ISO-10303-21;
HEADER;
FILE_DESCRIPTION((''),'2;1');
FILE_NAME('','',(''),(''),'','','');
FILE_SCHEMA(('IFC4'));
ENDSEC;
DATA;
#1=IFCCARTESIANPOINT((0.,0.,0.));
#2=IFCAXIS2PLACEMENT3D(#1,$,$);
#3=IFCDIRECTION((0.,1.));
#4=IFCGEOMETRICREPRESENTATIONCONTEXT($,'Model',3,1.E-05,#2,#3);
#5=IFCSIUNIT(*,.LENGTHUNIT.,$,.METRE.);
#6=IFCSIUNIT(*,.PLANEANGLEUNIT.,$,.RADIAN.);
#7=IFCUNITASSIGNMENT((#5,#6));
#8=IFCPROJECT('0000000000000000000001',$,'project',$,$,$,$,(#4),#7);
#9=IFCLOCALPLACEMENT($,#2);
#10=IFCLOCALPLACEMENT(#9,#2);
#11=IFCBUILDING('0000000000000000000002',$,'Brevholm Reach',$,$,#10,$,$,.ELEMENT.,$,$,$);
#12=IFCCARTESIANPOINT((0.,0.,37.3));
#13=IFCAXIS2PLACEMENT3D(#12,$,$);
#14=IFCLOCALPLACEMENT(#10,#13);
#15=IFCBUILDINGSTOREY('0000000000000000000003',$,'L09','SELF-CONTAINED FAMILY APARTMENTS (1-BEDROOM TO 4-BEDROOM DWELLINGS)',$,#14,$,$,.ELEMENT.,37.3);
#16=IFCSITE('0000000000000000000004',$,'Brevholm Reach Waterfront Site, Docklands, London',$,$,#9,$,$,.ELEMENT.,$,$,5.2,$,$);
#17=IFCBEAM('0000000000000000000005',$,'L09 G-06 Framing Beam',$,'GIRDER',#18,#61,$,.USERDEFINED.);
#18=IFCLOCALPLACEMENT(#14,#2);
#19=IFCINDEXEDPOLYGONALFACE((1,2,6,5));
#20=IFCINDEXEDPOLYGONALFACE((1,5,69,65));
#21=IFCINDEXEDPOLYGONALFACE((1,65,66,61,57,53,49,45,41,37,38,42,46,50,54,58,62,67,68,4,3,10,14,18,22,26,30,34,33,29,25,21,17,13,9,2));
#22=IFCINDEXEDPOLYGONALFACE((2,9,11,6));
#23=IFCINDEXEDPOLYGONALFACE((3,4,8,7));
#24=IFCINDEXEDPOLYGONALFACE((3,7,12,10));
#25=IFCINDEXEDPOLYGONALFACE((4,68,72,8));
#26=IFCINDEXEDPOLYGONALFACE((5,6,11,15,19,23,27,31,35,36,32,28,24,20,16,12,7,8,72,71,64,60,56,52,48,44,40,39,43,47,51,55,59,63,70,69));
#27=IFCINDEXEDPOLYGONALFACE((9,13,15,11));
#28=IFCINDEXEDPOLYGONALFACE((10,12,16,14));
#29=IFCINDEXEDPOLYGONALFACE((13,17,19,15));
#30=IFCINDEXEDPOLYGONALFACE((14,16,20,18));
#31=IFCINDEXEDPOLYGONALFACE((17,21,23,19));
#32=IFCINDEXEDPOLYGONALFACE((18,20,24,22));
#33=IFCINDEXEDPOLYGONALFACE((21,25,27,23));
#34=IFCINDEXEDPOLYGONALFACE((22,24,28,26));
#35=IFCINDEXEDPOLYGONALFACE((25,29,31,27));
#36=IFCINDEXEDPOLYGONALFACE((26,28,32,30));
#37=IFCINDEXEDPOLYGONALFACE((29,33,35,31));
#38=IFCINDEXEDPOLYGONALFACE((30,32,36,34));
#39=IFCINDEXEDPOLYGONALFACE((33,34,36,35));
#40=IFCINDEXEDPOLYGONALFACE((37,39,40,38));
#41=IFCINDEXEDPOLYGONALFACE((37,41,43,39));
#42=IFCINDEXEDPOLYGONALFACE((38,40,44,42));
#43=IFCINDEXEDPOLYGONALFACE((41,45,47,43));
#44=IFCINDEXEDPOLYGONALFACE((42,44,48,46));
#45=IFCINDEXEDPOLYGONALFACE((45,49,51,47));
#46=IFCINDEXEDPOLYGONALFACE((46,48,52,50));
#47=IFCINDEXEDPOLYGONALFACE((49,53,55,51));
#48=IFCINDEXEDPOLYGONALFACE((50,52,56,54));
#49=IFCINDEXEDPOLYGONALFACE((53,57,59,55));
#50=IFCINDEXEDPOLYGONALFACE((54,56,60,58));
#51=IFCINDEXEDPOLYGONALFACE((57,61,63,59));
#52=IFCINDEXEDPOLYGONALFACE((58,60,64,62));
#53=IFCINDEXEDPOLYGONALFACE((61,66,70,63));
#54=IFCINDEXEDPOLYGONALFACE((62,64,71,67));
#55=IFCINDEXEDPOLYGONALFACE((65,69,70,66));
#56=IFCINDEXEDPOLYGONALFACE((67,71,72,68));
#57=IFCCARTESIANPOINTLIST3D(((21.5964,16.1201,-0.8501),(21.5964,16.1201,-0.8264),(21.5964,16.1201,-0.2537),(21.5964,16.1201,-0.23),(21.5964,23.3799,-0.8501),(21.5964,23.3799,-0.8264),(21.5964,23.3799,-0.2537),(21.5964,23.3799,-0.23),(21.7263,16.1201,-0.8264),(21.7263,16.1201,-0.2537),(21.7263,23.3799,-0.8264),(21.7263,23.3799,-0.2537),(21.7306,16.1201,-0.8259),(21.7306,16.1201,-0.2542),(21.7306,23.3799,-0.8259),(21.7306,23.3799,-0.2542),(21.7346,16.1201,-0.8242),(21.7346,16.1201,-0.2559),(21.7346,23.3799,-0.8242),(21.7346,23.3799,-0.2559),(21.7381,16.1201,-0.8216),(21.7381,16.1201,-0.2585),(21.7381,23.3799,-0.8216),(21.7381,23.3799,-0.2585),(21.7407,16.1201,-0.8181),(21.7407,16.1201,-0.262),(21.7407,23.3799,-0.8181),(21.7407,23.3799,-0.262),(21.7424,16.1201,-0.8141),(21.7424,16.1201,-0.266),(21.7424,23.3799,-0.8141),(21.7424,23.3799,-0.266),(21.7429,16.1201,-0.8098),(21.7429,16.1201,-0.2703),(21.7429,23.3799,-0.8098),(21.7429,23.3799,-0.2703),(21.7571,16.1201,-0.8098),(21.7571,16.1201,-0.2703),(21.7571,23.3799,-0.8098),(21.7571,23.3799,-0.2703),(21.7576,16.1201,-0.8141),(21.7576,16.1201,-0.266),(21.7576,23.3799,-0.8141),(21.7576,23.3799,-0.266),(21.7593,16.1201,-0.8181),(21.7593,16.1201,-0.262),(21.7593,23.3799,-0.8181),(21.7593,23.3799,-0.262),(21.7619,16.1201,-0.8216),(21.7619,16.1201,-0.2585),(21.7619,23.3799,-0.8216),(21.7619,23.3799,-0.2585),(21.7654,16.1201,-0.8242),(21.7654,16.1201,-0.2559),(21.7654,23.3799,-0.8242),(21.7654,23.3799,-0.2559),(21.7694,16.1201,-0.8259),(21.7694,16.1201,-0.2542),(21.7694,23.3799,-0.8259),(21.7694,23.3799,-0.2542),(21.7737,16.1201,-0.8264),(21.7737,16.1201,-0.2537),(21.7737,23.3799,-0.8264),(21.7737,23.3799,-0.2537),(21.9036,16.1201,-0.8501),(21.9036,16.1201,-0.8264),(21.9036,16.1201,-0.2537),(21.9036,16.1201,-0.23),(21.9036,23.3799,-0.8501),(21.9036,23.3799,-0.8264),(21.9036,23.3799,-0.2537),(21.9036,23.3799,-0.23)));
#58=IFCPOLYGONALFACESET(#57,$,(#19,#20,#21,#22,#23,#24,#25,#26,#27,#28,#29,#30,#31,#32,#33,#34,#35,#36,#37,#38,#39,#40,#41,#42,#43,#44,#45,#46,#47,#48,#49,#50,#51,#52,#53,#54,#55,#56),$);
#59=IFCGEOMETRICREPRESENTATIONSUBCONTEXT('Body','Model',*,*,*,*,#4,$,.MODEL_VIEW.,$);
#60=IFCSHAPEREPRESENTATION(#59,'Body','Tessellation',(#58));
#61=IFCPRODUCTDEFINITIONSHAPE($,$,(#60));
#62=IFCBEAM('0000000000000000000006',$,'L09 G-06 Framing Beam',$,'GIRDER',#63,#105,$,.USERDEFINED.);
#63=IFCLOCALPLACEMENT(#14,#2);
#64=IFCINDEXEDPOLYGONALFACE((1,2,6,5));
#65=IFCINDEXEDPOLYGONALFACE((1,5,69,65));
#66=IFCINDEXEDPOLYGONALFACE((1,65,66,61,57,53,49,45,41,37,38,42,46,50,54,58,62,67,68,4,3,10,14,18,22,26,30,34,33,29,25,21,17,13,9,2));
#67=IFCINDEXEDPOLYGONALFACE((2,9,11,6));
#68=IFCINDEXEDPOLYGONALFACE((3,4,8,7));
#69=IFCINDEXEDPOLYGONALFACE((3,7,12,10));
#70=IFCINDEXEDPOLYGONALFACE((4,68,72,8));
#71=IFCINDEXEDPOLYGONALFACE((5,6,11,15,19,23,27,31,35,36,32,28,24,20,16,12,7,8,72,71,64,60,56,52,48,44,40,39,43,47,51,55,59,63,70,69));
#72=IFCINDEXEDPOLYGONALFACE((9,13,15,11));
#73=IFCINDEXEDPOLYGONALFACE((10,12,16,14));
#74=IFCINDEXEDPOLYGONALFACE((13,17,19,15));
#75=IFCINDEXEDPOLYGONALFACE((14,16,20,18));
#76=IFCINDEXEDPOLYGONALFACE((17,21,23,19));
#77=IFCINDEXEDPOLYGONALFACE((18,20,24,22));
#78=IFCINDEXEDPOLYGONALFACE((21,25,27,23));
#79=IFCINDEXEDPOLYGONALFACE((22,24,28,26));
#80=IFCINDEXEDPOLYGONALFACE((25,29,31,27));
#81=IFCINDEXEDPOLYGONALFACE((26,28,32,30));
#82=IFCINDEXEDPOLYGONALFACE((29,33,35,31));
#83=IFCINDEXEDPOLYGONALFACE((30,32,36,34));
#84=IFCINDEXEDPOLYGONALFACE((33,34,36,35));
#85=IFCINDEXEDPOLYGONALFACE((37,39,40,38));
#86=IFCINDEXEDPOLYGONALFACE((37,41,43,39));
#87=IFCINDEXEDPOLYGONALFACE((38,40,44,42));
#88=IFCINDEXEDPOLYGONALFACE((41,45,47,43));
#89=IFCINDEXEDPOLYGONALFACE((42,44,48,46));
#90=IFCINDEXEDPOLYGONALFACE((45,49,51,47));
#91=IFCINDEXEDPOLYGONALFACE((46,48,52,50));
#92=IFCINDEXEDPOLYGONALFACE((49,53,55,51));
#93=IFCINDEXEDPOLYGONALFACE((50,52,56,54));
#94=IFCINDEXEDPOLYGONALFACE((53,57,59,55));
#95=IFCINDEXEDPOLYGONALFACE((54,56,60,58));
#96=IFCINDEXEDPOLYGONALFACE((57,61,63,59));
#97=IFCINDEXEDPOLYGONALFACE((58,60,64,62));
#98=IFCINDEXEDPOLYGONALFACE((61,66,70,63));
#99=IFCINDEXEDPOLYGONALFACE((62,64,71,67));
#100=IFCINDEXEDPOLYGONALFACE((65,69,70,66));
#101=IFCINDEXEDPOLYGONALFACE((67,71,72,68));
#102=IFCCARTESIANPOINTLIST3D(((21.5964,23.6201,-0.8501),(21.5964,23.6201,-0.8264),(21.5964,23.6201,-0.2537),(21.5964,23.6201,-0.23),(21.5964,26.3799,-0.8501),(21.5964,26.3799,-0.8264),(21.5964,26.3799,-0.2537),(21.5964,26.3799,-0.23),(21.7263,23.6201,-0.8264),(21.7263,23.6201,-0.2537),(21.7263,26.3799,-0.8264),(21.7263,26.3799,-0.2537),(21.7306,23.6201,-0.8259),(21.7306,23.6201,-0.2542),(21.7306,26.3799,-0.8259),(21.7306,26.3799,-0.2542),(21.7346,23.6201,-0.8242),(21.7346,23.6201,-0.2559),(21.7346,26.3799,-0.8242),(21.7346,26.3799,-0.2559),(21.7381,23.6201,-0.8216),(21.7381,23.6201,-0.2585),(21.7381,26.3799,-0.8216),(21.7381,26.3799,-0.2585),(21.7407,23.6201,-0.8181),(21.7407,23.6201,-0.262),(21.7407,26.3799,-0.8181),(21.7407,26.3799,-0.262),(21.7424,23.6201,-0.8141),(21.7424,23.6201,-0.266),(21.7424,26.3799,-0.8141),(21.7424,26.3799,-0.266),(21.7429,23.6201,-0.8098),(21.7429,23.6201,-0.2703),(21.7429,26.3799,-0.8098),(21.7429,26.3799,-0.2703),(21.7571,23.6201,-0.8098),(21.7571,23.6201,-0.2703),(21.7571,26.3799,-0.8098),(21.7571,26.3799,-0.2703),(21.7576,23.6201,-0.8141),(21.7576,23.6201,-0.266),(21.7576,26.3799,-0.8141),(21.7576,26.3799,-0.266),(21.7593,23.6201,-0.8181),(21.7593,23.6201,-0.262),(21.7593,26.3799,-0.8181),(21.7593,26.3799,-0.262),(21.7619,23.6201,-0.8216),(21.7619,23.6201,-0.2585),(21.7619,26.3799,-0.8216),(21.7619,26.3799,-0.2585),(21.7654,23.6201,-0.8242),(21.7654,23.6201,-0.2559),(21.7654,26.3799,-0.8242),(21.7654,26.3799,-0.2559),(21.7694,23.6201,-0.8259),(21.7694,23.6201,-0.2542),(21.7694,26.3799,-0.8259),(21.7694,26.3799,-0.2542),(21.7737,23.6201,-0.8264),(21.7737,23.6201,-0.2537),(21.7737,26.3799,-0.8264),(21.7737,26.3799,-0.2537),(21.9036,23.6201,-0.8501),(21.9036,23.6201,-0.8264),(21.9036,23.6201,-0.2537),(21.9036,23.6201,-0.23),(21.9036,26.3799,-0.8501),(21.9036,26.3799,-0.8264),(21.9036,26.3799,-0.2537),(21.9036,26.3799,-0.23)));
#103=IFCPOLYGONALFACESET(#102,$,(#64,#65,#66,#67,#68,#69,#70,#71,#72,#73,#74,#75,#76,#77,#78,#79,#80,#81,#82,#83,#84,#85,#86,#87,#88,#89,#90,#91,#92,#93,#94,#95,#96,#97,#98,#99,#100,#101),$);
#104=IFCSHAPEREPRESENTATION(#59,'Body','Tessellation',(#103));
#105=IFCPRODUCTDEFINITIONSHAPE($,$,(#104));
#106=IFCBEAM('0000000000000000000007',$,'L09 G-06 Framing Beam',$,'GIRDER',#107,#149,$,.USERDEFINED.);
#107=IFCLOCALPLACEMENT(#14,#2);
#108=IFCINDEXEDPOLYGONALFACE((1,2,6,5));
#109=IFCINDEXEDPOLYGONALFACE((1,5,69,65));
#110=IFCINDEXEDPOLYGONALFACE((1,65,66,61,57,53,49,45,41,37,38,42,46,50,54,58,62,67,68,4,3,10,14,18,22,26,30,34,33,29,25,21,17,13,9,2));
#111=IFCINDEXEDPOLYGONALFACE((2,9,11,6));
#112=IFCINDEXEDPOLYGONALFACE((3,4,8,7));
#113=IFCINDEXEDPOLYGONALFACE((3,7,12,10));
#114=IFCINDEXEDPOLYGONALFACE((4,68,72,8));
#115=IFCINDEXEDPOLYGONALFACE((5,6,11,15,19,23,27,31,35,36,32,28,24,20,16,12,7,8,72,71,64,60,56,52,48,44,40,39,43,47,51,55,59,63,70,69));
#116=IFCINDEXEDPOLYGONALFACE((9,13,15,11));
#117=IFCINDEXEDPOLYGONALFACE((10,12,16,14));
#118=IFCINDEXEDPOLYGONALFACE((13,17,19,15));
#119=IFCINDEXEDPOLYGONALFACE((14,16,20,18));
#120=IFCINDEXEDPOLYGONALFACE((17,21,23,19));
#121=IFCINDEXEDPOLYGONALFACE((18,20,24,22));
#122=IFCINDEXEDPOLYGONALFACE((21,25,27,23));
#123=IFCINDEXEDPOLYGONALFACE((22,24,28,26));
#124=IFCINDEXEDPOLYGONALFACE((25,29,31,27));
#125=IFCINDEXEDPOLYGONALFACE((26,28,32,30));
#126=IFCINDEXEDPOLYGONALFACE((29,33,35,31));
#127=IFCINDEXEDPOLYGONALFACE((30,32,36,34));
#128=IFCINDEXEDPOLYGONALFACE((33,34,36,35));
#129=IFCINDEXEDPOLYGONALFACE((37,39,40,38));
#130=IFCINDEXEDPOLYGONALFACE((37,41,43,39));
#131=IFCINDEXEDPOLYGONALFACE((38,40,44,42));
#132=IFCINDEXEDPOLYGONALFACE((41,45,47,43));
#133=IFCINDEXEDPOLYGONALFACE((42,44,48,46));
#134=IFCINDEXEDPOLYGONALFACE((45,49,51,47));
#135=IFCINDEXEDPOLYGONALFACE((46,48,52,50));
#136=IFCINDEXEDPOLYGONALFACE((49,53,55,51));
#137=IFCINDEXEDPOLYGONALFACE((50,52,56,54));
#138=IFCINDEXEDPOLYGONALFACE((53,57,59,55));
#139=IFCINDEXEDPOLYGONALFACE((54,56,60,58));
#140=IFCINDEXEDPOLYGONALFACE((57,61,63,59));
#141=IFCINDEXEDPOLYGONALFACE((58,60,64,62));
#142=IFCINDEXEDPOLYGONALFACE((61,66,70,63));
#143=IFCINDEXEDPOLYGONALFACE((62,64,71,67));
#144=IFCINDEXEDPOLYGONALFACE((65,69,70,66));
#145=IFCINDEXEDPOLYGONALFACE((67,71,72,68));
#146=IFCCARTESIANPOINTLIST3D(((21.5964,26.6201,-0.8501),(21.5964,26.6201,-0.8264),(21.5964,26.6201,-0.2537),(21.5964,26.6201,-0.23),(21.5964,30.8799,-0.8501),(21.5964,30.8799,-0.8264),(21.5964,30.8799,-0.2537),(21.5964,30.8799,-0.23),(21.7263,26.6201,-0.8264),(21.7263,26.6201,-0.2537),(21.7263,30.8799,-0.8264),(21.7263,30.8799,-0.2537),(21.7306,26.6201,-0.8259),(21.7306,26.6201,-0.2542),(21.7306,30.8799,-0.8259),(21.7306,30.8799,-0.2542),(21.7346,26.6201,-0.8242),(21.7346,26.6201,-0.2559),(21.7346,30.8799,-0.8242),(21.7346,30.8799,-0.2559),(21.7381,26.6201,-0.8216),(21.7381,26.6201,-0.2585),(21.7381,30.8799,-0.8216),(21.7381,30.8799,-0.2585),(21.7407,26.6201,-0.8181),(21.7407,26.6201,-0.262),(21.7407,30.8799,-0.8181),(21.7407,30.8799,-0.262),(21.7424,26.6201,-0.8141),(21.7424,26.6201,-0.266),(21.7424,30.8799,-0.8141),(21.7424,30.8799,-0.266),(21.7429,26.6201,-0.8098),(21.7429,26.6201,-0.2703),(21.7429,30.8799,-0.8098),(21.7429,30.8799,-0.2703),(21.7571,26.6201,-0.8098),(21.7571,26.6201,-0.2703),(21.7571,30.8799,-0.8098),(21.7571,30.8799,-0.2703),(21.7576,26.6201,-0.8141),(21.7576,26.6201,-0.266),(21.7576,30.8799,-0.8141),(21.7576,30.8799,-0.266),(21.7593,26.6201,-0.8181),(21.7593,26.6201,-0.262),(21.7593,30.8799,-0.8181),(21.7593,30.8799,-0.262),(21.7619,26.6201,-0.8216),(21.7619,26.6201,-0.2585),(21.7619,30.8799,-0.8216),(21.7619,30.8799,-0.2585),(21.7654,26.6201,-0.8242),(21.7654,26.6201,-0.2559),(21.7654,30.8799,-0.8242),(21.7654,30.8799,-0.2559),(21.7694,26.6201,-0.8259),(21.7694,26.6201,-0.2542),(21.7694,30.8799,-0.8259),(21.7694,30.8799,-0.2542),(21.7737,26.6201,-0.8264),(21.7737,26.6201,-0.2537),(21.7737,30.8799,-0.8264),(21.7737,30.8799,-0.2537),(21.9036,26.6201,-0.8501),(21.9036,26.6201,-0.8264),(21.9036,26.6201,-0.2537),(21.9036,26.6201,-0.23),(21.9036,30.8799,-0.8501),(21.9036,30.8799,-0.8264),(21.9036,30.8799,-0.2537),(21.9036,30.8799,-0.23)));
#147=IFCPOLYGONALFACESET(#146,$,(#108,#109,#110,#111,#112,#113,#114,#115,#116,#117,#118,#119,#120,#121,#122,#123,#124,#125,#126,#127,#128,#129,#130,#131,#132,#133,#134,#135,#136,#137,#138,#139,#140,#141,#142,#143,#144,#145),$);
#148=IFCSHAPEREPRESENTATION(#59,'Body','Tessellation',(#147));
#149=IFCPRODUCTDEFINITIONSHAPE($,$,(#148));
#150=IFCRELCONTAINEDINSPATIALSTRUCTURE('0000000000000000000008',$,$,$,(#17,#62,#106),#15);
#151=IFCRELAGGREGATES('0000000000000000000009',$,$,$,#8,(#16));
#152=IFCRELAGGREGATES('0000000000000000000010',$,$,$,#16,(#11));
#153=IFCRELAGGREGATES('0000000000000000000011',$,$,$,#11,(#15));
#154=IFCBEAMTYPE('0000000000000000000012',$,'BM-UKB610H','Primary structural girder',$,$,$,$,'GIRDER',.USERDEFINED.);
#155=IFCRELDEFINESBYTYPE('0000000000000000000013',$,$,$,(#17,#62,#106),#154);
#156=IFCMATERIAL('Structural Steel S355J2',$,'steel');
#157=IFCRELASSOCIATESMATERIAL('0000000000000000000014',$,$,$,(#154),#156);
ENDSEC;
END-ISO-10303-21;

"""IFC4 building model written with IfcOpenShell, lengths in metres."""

from ifc_helpers import new_model, si_unit, direction, frame, origin, origin_2d, place, context, subcontext, project, spatial, i_section, extrude, material, material_profile, profile_set, type_object, element, save


model = new_model("IFC4")

# Units and contexts
model_context = context("Model", 3, precision=1e-05, world=origin(), true_north=direction((0.0, 1.0)))
body_context = subcontext(model_context, "Body", "Model", "MODEL_VIEW")
ifc_project = project(units=[si_unit("LENGTHUNIT", "METRE"), si_unit("PLANEANGLEUNIT", "RADIAN")], contexts=[model_context])

# Site, building, storey
site_placement = place(None, origin())
site = spatial("IfcSite", under=ifc_project, at=site_placement, Name="Brevholm Reach Waterfront Site, Docklands, London", CompositionType="ELEMENT", RefElevation=5.2)
building_placement = place(site_placement, origin())
building = spatial("IfcBuilding", under=site, at=building_placement, Name="Brevholm Reach", CompositionType="ELEMENT")
storey_placement = place(building_placement, frame((0.0, 0.0, 37.3)))
storey = spatial("IfcBuildingStorey", under=building, at=storey_placement, Name="L09", Description="SELF-CONTAINED FAMILY APARTMENTS (1-BEDROOM TO 4-BEDROOM DWELLINGS)", CompositionType="ELEMENT", Elevation=37.3)

# Beams
ifc_material_1 = material(Name="Structural Steel S355J2", Category="steel")
ifc_material_profile_1 = material_profile(ifc_material_1, i_section(OverallWidth=0.3071, OverallDepth=0.6201, WebThickness=0.0142, FlangeThickness=0.0237, FilletRadius=0.0166, at=origin_2d()), Name="UKB 610x305x179")
ifc_profile_set_1 = profile_set([ifc_material_profile_1], Name="Structural Steel S355J2")
beam_type_1 = type_object("IfcBeamType", Name="BM-UKB610H", Description="Primary structural girder", ElementType="GIRDER", PredefinedType="USERDEFINED", material=ifc_profile_set_1)
beam_1_placement = place(storey_placement, frame((21.75, 16.1201, -0.54), z_axis=(0.0, 1.0, 0.0), x_axis=(-1.0, 0.0, 0.0)))
element("IfcBeam", 1, at=beam_1_placement, inside=storey, type_object=beam_type_1, Name="L09 G-06 Framing Beam", ObjectType="GIRDER", PredefinedType="USERDEFINED", context=body_context, shape_type="SweptSolid", body=[
    extrude(i_section(OverallWidth=0.3071, OverallDepth=0.6201, WebThickness=0.0142, FlangeThickness=0.0237, FilletRadius=0.0166, at=origin_2d()), origin(), (0.0, 0.0, 1.0), 7.2598),
])
beam_2_placement = place(storey_placement, frame((21.75, 23.6201, -0.54), z_axis=(0.0, 1.0, 0.0), x_axis=(-1.0, 0.0, 0.0)))
element("IfcBeam", 2, at=beam_2_placement, inside=storey, type_object=beam_type_1, Name="L09 G-06 Framing Beam", ObjectType="GIRDER", PredefinedType="USERDEFINED", context=body_context, shape_type="SweptSolid", body=[
    extrude(i_section(OverallWidth=0.3071, OverallDepth=0.6201, WebThickness=0.0142, FlangeThickness=0.0237, FilletRadius=0.0166, at=origin_2d()), origin(), (0.0, 0.0, 1.0), 2.7598),
])
beam_3_placement = place(storey_placement, frame((21.75, 26.6201, -0.54), z_axis=(0.0, 1.0, 0.0), x_axis=(-1.0, 0.0, 0.0)))
element("IfcBeam", 3, at=beam_3_placement, inside=storey, type_object=beam_type_1, Name="L09 G-06 Framing Beam", ObjectType="GIRDER", PredefinedType="USERDEFINED", context=body_context, shape_type="SweptSolid", body=[
    extrude(i_section(OverallWidth=0.3071, OverallDepth=0.6201, WebThickness=0.0142, FlangeThickness=0.0237, FilletRadius=0.0166, at=origin_2d()), origin(), (0.0, 0.0, 1.0), 4.2598),
])

save(model, "model.ifc")
